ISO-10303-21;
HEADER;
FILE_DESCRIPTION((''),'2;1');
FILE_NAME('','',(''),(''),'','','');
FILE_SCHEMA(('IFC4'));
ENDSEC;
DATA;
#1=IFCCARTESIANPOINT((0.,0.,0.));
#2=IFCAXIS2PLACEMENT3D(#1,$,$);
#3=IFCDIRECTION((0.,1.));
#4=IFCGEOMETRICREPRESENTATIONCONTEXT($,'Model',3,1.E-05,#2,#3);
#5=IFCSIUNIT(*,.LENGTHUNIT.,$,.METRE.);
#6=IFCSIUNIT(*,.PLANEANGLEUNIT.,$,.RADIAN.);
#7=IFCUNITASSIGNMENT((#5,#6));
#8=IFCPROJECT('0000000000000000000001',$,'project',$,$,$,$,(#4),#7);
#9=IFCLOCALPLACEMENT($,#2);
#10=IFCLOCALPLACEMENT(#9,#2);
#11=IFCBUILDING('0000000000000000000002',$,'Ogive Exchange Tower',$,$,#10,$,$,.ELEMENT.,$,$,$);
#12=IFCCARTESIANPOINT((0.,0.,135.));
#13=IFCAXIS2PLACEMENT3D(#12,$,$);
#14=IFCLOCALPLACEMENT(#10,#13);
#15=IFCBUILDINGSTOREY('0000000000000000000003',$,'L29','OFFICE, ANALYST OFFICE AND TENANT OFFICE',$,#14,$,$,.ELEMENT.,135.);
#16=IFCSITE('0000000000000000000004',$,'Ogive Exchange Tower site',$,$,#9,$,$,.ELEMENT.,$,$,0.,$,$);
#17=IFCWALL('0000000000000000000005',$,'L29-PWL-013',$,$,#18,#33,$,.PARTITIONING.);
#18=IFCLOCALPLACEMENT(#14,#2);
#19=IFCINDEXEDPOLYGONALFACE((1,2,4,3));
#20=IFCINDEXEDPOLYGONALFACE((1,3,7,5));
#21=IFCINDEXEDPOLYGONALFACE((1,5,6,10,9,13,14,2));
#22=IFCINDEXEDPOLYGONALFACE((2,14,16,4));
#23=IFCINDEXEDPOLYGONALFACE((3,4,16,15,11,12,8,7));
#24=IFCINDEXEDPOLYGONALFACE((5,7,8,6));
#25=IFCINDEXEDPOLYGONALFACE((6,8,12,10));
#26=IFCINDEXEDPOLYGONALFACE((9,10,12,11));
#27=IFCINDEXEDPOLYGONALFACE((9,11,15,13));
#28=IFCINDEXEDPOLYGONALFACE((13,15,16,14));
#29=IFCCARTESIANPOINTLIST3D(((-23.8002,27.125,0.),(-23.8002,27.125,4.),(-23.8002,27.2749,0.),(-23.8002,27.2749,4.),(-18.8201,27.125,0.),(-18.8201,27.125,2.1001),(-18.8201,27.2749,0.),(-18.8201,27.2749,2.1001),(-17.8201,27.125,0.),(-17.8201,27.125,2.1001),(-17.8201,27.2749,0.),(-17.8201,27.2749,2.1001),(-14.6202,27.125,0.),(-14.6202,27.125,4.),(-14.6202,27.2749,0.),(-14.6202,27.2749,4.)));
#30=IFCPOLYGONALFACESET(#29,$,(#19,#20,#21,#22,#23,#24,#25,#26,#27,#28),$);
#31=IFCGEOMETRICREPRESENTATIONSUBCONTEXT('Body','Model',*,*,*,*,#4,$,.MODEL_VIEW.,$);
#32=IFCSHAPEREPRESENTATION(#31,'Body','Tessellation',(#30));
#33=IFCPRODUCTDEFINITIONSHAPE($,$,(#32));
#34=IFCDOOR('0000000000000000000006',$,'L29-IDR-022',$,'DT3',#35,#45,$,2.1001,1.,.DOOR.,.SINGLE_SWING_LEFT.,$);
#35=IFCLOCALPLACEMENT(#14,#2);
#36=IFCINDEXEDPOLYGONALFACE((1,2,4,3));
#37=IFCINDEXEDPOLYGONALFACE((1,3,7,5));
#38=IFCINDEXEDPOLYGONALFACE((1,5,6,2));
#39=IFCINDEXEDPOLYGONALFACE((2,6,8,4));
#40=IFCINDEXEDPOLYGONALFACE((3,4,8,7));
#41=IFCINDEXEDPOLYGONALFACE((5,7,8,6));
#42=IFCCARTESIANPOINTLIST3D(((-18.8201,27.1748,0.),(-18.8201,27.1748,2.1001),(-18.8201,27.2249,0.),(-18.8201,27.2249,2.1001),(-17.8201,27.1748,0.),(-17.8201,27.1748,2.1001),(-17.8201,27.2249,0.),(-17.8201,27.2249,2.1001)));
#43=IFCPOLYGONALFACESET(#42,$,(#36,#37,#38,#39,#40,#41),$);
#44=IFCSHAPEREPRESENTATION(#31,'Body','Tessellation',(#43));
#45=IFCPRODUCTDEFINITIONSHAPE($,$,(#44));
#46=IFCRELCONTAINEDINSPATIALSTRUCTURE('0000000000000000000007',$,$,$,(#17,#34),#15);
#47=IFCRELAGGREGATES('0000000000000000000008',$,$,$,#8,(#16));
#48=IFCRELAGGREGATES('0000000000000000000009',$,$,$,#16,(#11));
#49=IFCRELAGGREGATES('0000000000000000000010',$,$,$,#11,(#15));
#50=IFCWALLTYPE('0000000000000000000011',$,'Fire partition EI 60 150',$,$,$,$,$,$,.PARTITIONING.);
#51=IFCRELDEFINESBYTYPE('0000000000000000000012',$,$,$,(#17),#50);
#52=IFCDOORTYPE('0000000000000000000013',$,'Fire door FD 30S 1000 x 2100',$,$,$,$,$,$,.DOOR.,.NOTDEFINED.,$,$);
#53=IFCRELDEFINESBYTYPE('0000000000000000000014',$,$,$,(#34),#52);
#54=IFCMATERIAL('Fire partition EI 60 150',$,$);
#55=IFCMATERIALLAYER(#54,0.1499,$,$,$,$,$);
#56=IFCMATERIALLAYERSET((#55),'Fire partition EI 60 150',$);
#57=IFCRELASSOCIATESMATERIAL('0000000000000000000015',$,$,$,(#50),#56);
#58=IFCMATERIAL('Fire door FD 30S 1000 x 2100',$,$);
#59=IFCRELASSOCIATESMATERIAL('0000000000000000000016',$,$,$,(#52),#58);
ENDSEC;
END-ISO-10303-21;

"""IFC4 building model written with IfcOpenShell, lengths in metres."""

from ifc_helpers import new_model, si_unit, direction, frame, frame_2d, origin, place, context, subcontext, project, spatial, rectangle, extrude, material, layer, layer_set, type_object, element, fill, save


model = new_model("IFC4")

# Units and contexts
model_context = context("Model", 3, precision=1e-05, world=origin(), true_north=direction((0.0, 1.0)))
body_context = subcontext(model_context, "Body", "Model", "MODEL_VIEW")
ifc_project = project(units=[si_unit("LENGTHUNIT", "METRE"), si_unit("PLANEANGLEUNIT", "RADIAN")], contexts=[model_context])

# Site, building, storey
site_placement = place(None, origin())
site = spatial("IfcSite", under=ifc_project, at=site_placement, Name="Ogive Exchange Tower site", CompositionType="ELEMENT", RefElevation=0.0)
building_placement = place(site_placement, origin())
building = spatial("IfcBuilding", under=site, at=building_placement, Name="Ogive Exchange Tower", CompositionType="ELEMENT")
storey_placement = place(building_placement, frame((0.0, 0.0, 135.0)))
storey = spatial("IfcBuildingStorey", under=building, at=storey_placement, Name="L29", Description="OFFICE, ANALYST OFFICE AND TENANT OFFICE", CompositionType="ELEMENT", Elevation=135.0)

# Shared definitions
ifc_material_1 = material(Name="Fire partition EI 60 150")
ifc_layer_1 = layer(ifc_material_1, 0.1499)
ifc_layer_set_1 = layer_set([ifc_layer_1], Name="Fire partition EI 60 150")
wall_type_1 = type_object("IfcWallType", Name="Fire partition EI 60 150", PredefinedType="PARTITIONING", material=ifc_layer_set_1)

# Wall, opening, door
wall_1_placement = place(storey_placement, frame((-23.8, 27.2, 0.0), z_axis=(0.0, 0.0, 1.0), x_axis=(1.0, 0.0, 0.0)))
wall_1 = element("IfcWall", 1, at=wall_1_placement, inside=storey, type_object=wall_type_1, Name="L29-PWL-013", PredefinedType="PARTITIONING", context=body_context, shape_type="SweptSolid", body=[
    extrude(rectangle(XDim=9.1799, YDim=0.1499, at=frame_2d((4.5898, 0.0))), origin(), (0.0, 0.0, 1.0), 4.0),
])
opening_1_placement = place(wall_1_placement, frame((4.98, 0.0, 0.0)))
opening_1 = element("IfcOpeningElement", 2, at=opening_1_placement, cuts=wall_1, PredefinedType="OPENING", context=body_context, shape_type="SweptSolid", body=[
    extrude(rectangle(XDim=1.0, YDim=2.1001, at=frame_2d((0.5, 1.05))), frame((0.0, 0.085, 0.0), z_axis=(0.0, -1.0, 0.0), x_axis=(1.0, 0.0, 0.0)), (0.0, 0.0, 1.0), 0.1699),
])
ifc_material_2 = material(Name="Fire door FD 30S 1000 x 2100")
door_type_1 = type_object("IfcDoorType", Name="Fire door FD 30S 1000 x 2100", OperationType="NOTDEFINED", PredefinedType="DOOR", material=ifc_material_2)
door_1_placement = place(opening_1_placement, origin())
door_1 = element("IfcDoor", 3, at=door_1_placement, inside=storey, type_object=door_type_1, Name="L29-IDR-022", ObjectType="DT3", OperationType="SINGLE_SWING_LEFT", OverallHeight=2.1001, OverallWidth=1.0, PredefinedType="DOOR", context=body_context, shape_type="SweptSolid", body=[
    extrude(rectangle(XDim=1.0, YDim=2.1001, at=frame_2d((0.5, 1.05))), frame((0.0, 0.0249, 0.0), z_axis=(0.0, -1.0, 0.0), x_axis=(1.0, 0.0, 0.0)), (0.0, 0.0, 1.0), 0.05),
])
fill(opening_1, door_1)

save(model, "model.ifc")
